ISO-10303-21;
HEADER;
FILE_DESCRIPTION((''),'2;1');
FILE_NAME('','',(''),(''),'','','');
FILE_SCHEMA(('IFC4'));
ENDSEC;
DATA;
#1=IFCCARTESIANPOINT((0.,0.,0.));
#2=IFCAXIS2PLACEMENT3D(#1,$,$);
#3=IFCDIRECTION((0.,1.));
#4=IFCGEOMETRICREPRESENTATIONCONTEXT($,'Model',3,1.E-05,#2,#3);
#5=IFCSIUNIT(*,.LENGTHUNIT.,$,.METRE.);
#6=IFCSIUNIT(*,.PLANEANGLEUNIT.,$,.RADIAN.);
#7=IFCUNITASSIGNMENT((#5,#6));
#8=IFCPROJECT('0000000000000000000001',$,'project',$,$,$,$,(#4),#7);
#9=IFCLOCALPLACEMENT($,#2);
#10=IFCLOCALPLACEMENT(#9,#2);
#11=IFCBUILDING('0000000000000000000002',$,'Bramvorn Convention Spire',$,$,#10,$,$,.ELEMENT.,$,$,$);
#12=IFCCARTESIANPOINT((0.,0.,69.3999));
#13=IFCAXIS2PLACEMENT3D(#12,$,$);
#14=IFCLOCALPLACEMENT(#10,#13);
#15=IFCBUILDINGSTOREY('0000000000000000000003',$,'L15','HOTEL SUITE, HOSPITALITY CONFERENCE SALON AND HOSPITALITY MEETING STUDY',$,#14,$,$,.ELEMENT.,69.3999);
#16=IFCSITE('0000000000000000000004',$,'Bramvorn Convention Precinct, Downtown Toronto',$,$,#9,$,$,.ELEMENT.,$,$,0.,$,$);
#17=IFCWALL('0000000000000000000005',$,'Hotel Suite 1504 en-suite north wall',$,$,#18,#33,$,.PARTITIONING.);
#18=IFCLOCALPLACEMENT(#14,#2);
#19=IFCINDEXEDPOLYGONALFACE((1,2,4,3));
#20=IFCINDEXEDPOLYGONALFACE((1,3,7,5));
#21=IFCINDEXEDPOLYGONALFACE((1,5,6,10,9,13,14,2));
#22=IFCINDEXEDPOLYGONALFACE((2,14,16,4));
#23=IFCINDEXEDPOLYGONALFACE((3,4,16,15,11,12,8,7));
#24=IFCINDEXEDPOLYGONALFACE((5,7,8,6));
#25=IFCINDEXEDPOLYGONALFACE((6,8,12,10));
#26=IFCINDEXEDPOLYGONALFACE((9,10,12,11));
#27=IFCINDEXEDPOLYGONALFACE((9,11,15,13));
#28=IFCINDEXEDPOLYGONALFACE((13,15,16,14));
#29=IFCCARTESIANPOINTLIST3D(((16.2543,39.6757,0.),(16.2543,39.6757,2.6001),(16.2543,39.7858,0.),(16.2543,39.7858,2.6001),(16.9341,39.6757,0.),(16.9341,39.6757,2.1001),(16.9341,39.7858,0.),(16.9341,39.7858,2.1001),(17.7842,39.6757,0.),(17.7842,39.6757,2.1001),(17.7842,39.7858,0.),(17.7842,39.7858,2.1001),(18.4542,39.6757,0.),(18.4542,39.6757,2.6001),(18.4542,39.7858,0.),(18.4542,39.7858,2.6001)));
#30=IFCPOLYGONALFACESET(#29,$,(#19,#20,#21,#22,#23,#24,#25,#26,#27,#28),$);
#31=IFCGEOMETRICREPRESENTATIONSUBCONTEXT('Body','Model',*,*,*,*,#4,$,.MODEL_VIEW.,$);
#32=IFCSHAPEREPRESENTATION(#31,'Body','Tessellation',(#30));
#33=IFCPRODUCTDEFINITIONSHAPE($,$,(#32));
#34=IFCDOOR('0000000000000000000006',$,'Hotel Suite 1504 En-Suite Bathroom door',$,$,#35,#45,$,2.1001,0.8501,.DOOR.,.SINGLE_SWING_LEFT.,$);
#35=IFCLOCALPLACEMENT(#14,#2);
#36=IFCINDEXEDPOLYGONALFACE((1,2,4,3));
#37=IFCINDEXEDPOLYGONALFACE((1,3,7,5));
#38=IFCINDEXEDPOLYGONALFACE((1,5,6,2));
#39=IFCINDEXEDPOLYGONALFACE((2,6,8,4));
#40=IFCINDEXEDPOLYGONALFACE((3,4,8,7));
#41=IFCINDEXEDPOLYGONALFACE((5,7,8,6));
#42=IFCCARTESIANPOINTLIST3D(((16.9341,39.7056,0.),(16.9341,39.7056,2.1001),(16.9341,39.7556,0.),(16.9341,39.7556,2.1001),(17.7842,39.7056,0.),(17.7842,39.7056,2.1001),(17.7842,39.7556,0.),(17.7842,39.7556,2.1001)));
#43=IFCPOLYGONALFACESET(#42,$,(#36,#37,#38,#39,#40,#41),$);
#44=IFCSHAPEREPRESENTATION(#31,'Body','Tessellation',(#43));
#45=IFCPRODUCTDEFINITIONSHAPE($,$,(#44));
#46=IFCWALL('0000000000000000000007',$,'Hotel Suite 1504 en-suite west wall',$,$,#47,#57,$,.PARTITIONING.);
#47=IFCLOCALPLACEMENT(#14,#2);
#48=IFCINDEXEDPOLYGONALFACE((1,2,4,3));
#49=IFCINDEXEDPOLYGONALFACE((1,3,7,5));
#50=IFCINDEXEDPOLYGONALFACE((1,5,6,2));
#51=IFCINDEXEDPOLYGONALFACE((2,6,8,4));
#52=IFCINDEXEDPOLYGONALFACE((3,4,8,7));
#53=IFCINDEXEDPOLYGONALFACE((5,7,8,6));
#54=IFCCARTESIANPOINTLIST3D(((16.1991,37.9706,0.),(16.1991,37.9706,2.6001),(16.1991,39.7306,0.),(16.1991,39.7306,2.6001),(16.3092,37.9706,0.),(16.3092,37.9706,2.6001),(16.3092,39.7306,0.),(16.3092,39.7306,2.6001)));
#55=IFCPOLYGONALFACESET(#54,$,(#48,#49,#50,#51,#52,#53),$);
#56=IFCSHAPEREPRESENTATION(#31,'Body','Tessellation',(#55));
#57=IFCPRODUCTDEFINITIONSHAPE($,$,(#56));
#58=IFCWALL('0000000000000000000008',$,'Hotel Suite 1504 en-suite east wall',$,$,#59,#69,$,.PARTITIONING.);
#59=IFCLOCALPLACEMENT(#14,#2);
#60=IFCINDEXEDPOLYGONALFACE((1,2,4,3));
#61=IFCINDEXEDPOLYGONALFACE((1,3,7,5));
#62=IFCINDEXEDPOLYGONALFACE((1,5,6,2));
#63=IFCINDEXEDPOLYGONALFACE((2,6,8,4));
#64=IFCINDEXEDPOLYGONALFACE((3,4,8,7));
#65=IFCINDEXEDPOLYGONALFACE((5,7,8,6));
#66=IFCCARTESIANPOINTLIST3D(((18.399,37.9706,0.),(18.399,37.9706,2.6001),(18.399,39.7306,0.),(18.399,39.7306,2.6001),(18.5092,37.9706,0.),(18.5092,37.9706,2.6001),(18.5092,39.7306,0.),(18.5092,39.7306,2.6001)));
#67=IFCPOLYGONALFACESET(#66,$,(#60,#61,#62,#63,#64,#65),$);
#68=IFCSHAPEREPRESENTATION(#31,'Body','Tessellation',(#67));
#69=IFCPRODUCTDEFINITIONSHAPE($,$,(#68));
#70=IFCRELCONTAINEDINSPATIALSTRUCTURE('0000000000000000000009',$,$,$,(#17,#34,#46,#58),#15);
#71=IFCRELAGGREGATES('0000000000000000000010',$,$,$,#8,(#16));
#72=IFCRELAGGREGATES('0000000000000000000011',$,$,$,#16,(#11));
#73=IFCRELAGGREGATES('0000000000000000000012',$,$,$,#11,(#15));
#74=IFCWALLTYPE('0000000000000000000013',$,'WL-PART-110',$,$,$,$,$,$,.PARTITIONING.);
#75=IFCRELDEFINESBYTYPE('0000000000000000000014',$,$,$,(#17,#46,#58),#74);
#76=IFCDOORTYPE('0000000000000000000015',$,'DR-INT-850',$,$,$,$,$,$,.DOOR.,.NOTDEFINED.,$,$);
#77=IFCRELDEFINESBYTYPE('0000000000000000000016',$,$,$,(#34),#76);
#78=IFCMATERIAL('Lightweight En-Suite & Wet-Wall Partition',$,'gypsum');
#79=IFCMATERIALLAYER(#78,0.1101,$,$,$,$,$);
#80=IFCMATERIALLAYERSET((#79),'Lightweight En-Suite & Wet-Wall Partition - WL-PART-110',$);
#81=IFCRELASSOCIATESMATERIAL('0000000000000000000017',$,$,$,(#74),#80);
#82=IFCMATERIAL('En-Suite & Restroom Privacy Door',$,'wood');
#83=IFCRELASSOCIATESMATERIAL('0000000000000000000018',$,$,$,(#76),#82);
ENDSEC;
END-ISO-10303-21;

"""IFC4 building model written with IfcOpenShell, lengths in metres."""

from ifc_helpers import new_model, si_unit, direction, frame, frame_2d, origin, place, context, subcontext, project, spatial, rectangle, extrude, material, layer, layer_set, type_object, element, fill, save


model = new_model("IFC4")

# Units and contexts
model_context = context("Model", 3, precision=1e-05, world=origin(), true_north=direction((0.0, 1.0)))
body_context = subcontext(model_context, "Body", "Model", "MODEL_VIEW")
ifc_project = project(units=[si_unit("LENGTHUNIT", "METRE"), si_unit("PLANEANGLEUNIT", "RADIAN")], contexts=[model_context])

# Site, building, storey
site_placement = place(None, origin())
site = spatial("IfcSite", under=ifc_project, at=site_placement, Name="Bramvorn Convention Precinct, Downtown Toronto", CompositionType="ELEMENT", RefElevation=0.0)
building_placement = place(site_placement, origin())
building = spatial("IfcBuilding", under=site, at=building_placement, Name="Bramvorn Convention Spire", CompositionType="ELEMENT")
storey_placement = place(building_placement, frame((0.0, 0.0, 69.3999)))
storey = spatial("IfcBuildingStorey", under=building, at=storey_placement, Name="L15", Description="HOTEL SUITE, HOSPITALITY CONFERENCE SALON AND HOSPITALITY MEETING STUDY", CompositionType="ELEMENT", Elevation=69.3999)

# Shared definitions
ifc_material_1 = material(Name="Lightweight En-Suite & Wet-Wall Partition", Category="gypsum")
ifc_layer_1 = layer(ifc_material_1, 0.1101)
ifc_layer_set_1 = layer_set([ifc_layer_1], Name="Lightweight En-Suite & Wet-Wall Partition - WL-PART-110")
wall_type_1 = type_object("IfcWallType", Name="WL-PART-110", PredefinedType="PARTITIONING", material=ifc_layer_set_1)

# Wall, opening, door
wall_1_placement = place(storey_placement, frame((16.2542, 39.7307, 0.0), z_axis=(0.0, 0.0, 1.0), x_axis=(1.0, 0.0, 0.0)))
wall_1 = element("IfcWall", 1, at=wall_1_placement, inside=storey, type_object=wall_type_1, Name="Hotel Suite 1504 en-suite north wall", PredefinedType="PARTITIONING", context=body_context, shape_type="SweptSolid", body=[
    extrude(rectangle(XDim=2.2, YDim=0.1101, at=frame_2d((1.1001, 0.0))), origin(), (0.0, 0.0, 1.0), 2.6001),
])
opening_placement = place(wall_1_placement, frame((0.6799, 0.0, 0.0)))
opening = element("IfcOpeningElement", 2, at=opening_placement, cuts=wall_1, PredefinedType="OPENING", context=body_context, shape_type="SweptSolid", body=[
    extrude(rectangle(XDim=0.8501, YDim=2.1001, at=frame_2d((0.425, 1.05))), frame((0.0, 0.0649, 0.0), z_axis=(0.0, -1.0, 0.0), x_axis=(1.0, 0.0, 0.0)), (0.0, 0.0, 1.0), 0.1301),
])
ifc_material_2 = material(Name="En-Suite & Restroom Privacy Door", Category="wood")
door_type = type_object("IfcDoorType", Name="DR-INT-850", OperationType="NOTDEFINED", PredefinedType="DOOR", material=ifc_material_2)
door_placement = place(opening_placement, origin())
door = element("IfcDoor", 3, at=door_placement, inside=storey, type_object=door_type, Name="Hotel Suite 1504 En-Suite Bathroom door", OperationType="SINGLE_SWING_LEFT", OverallHeight=2.1001, OverallWidth=0.8501, PredefinedType="DOOR", context=body_context, shape_type="SweptSolid", body=[
    extrude(rectangle(XDim=0.8501, YDim=2.1001, at=frame_2d((0.425, 1.05))), frame((0.0, 0.0249, 0.0), z_axis=(0.0, -1.0, 0.0), x_axis=(1.0, 0.0, 0.0)), (0.0, 0.0, 1.0), 0.05),
])
fill(opening, door)

# Walls
for number, where, z_axis, x_axis, name in (
    (4, (16.2542, 37.9707, 0.0), (0.0, 0.0, 1.0), (0.0, 1.0, 0.0), "Hotel Suite 1504 en-suite west wall"),
    (5, (18.4541, 37.9707, 0.0), (0.0, 0.0, 1.0), (0.0, 1.0, 0.0), "Hotel Suite 1504 en-suite east wall"),
):
    element("IfcWall", number, at=place(storey_placement, frame(where, z_axis=z_axis, x_axis=x_axis)), inside=storey, type_object=wall_type_1, Name=name, PredefinedType="PARTITIONING", context=body_context, shape_type="SweptSolid", body=[
        extrude(rectangle(XDim=1.76, YDim=0.1101, at=frame_2d((0.8799, 0.0))), origin(), (0.0, 0.0, 1.0), 2.6001),
    ])

save(model, "model.ifc")
